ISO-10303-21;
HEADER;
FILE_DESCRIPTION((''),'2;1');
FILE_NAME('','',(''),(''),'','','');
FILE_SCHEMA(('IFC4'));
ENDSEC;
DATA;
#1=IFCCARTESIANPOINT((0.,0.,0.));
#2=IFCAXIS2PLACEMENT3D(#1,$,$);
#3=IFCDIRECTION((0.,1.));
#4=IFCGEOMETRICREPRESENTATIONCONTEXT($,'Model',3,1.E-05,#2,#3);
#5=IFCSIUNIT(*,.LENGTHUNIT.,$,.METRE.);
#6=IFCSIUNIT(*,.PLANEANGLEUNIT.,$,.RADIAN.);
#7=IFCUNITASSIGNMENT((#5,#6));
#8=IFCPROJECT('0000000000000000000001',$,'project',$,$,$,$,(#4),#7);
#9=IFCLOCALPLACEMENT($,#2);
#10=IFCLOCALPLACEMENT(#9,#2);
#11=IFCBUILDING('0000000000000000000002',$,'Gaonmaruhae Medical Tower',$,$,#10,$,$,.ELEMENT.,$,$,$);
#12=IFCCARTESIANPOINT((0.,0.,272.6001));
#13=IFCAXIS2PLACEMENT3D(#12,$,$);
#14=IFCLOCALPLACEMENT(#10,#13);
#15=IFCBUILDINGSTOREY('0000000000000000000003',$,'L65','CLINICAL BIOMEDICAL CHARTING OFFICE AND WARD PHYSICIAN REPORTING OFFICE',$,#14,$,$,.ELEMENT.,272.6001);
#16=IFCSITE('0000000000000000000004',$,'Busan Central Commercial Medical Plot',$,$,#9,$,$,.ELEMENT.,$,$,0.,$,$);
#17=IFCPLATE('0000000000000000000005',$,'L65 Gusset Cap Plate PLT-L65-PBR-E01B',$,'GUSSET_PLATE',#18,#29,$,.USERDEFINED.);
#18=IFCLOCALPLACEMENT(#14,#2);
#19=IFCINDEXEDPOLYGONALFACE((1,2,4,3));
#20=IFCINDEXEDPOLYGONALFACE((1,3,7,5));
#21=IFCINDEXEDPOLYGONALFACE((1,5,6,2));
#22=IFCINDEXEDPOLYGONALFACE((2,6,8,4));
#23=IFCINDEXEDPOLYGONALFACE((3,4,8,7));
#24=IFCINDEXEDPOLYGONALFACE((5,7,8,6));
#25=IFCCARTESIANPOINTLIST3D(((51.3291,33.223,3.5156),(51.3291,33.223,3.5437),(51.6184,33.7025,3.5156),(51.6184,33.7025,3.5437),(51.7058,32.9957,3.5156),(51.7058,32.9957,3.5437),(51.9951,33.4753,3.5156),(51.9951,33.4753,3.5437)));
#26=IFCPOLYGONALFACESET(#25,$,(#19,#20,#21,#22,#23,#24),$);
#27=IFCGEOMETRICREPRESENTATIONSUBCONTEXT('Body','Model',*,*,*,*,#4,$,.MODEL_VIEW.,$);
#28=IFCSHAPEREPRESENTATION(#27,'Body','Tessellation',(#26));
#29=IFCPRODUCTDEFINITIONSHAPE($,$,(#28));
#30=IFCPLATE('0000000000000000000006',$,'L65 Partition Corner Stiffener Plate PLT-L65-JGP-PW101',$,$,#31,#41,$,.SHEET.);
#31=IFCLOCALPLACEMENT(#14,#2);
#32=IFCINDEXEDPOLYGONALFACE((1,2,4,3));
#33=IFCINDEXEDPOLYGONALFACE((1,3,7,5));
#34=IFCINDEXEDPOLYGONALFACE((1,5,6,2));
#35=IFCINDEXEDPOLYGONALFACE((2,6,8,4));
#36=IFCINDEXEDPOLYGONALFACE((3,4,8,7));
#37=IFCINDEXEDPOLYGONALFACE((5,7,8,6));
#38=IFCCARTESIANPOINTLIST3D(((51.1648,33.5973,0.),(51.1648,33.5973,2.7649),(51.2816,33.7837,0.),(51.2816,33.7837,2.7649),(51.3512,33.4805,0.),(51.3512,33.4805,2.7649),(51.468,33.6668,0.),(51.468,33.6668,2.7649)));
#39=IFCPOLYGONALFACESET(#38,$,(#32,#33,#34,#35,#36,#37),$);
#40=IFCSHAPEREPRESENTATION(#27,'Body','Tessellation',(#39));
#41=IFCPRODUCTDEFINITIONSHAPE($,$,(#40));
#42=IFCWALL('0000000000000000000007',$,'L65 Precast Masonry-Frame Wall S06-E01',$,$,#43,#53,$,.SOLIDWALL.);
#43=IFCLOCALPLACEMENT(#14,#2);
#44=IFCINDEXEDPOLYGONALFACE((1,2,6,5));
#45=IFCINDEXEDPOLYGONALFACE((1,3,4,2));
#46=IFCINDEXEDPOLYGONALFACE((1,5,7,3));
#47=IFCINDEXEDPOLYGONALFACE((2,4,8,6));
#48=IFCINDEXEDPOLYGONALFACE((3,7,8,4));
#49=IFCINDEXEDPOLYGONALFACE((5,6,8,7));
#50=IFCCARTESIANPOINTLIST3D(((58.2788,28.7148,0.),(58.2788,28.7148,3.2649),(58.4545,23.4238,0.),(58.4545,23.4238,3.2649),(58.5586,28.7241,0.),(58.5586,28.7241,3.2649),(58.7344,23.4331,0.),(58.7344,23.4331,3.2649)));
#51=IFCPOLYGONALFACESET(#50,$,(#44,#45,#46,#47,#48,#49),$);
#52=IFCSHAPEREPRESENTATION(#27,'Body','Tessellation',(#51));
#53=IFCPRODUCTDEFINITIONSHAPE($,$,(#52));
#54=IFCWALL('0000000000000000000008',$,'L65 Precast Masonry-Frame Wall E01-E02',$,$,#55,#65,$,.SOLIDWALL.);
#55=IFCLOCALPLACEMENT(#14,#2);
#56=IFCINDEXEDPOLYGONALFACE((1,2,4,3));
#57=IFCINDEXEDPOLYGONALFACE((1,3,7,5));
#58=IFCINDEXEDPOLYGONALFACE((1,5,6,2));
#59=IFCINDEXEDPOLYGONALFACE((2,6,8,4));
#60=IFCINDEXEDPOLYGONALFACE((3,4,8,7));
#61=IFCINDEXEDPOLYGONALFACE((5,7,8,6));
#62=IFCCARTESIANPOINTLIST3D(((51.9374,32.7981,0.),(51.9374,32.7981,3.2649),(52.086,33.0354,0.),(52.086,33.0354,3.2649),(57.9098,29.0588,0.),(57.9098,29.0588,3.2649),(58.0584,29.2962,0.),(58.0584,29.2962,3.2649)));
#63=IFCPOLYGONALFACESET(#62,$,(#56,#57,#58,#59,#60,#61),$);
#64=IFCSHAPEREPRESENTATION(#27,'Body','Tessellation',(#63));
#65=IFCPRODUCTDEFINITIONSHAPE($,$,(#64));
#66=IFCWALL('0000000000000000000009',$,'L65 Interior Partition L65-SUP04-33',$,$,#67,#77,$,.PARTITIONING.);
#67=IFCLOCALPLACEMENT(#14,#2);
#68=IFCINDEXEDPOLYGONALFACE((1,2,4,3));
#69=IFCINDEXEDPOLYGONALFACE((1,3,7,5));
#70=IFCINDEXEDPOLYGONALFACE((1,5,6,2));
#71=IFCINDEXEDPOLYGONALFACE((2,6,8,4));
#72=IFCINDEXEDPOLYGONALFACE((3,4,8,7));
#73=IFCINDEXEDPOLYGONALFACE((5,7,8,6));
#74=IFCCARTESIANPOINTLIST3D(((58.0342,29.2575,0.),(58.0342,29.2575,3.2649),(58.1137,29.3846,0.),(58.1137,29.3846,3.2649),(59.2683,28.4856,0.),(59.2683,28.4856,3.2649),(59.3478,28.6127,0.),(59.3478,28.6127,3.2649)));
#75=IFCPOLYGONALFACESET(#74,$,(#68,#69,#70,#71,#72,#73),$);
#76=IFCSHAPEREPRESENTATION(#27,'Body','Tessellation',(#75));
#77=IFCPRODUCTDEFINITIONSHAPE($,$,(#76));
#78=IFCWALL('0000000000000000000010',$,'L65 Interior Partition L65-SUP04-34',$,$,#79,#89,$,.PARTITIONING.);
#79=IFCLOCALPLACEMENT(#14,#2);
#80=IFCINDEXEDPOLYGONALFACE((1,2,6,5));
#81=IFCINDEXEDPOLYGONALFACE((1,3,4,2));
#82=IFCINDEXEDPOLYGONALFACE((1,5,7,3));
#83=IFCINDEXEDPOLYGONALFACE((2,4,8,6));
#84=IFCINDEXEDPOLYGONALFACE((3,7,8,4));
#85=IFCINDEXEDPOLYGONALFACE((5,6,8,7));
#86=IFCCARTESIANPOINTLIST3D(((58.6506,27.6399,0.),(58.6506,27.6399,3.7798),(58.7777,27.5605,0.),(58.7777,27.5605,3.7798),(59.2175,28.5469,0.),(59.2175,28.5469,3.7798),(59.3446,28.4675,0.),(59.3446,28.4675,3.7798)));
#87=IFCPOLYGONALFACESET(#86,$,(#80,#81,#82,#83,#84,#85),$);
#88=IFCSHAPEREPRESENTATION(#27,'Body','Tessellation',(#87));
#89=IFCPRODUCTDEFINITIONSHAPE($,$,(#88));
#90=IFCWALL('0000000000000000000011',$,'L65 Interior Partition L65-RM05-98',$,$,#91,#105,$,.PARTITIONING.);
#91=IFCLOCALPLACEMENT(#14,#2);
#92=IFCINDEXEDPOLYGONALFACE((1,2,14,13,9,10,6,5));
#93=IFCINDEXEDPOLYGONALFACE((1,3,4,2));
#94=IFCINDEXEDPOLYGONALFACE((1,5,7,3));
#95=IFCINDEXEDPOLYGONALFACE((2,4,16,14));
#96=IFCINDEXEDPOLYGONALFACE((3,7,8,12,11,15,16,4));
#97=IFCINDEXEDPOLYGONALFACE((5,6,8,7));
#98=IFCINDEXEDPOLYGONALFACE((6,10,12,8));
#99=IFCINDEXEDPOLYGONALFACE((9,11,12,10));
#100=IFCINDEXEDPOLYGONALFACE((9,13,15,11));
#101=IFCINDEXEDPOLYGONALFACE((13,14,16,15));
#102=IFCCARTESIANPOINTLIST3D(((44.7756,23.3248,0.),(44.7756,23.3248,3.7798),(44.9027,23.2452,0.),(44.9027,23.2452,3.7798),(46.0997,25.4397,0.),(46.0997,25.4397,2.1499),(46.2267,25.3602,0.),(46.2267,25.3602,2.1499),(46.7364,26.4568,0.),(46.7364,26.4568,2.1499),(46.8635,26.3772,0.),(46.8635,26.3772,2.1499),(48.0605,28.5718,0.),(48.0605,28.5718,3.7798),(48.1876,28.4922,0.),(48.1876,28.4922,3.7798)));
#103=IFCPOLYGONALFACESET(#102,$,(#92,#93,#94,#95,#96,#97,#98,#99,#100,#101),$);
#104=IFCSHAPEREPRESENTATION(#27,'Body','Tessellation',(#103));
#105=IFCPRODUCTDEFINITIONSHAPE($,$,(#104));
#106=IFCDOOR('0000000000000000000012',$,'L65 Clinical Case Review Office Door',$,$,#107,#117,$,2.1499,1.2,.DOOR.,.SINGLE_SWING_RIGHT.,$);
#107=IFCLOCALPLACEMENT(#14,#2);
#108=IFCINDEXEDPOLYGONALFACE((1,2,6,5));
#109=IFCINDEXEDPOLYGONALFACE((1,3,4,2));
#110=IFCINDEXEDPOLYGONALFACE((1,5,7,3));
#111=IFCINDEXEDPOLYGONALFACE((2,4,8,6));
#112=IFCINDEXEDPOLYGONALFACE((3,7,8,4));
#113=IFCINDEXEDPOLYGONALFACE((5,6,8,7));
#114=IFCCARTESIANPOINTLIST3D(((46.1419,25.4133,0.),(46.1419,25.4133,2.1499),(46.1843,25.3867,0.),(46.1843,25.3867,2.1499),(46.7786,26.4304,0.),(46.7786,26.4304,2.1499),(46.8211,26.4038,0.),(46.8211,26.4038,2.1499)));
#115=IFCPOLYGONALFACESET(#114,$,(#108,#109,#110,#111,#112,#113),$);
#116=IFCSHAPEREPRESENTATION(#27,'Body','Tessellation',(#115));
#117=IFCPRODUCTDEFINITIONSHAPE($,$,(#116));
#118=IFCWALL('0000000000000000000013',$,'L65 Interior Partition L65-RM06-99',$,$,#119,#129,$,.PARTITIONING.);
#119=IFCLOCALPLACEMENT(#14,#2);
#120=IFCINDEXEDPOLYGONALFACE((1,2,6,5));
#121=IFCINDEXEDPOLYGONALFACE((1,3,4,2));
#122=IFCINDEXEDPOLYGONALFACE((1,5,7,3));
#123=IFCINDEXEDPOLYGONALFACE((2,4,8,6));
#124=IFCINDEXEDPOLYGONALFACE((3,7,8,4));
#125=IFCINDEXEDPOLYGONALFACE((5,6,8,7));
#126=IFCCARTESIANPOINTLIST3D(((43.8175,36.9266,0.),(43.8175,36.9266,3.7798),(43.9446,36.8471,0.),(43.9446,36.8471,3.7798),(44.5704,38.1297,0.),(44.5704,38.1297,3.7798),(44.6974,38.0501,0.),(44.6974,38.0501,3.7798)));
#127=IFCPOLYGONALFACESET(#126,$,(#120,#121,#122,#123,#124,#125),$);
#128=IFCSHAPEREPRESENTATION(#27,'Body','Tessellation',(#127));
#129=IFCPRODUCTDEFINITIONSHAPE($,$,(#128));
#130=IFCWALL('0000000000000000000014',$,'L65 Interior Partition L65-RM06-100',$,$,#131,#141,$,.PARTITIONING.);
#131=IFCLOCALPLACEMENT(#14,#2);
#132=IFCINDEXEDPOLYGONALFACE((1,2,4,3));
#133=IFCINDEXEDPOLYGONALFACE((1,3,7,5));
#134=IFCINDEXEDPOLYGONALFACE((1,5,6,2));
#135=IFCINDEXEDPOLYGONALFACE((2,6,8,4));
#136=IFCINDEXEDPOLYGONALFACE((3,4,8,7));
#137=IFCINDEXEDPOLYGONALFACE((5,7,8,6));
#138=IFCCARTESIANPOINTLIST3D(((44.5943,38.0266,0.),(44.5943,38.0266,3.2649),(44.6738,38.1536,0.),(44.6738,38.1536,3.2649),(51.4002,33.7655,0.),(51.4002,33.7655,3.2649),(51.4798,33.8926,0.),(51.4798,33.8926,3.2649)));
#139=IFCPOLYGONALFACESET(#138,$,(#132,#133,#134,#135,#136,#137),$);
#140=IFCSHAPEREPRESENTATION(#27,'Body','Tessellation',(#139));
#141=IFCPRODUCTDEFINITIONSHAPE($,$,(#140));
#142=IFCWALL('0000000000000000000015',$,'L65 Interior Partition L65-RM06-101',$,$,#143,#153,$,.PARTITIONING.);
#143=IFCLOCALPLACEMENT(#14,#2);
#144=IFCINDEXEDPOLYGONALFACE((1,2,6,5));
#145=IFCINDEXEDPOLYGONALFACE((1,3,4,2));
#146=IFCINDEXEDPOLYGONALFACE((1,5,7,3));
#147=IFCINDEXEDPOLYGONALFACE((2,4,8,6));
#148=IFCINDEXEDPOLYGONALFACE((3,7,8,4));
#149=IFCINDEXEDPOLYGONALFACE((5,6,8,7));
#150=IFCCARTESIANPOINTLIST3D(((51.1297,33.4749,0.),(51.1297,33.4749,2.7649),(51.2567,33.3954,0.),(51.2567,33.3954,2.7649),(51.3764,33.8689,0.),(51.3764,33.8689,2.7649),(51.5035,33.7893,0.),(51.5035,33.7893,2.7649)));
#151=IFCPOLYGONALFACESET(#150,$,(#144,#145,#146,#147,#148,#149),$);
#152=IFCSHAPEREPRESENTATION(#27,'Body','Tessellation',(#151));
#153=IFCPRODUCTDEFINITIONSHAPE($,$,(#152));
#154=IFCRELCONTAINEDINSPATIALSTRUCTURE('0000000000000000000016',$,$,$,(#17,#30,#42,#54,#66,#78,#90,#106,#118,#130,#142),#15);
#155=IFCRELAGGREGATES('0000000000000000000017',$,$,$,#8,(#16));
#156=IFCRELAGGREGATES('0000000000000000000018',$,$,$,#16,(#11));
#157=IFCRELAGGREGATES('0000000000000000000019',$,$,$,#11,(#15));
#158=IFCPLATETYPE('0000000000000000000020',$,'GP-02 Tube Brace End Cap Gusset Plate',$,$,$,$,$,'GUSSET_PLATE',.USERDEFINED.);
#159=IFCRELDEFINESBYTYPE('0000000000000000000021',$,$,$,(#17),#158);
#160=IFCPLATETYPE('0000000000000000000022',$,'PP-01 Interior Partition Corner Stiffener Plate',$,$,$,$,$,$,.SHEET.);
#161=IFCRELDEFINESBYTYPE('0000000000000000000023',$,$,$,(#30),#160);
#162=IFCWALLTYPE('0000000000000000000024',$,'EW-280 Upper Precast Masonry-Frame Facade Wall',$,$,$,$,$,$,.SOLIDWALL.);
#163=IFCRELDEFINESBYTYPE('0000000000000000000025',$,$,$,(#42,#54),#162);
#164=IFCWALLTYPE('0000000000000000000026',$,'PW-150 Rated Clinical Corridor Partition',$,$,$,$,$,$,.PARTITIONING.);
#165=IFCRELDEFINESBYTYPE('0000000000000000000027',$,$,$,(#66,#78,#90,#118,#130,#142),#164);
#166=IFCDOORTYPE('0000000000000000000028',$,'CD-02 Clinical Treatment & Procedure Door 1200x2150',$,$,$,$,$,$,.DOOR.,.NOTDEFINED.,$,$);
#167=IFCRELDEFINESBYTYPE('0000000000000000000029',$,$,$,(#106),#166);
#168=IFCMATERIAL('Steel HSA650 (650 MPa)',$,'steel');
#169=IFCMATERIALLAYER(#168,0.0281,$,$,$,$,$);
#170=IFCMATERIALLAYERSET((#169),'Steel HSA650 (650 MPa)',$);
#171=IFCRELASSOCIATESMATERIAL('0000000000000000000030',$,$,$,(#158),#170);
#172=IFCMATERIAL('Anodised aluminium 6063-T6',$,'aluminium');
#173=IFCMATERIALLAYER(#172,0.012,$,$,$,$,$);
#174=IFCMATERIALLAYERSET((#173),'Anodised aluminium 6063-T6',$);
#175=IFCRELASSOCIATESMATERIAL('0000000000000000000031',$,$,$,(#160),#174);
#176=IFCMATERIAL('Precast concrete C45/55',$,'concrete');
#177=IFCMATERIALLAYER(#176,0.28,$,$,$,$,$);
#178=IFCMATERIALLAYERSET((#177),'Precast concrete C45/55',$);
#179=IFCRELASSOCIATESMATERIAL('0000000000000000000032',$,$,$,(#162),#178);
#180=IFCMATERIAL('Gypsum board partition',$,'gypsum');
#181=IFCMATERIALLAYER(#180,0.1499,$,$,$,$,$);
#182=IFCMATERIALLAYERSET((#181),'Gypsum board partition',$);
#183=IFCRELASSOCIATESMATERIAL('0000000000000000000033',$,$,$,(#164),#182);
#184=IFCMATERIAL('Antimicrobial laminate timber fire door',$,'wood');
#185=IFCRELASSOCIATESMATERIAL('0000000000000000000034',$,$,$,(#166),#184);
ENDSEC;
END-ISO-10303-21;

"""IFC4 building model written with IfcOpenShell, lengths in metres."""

from ifc_helpers import new_model, si_unit, direction, frame, frame_2d, origin, origin_2d, place, context, subcontext, project, spatial, rectangle, extrude, material, layer, layer_set, type_object, element, fill, save


model = new_model("IFC4")

# Units and contexts
model_context = context("Model", 3, precision=1e-05, world=origin(), true_north=direction((0.0, 1.0)))
body_context = subcontext(model_context, "Body", "Model", "MODEL_VIEW")
ifc_project = project(units=[si_unit("LENGTHUNIT", "METRE"), si_unit("PLANEANGLEUNIT", "RADIAN")], contexts=[model_context])

# Site, building, storey
site_placement = place(None, origin())
site = spatial("IfcSite", under=ifc_project, at=site_placement, Name="Busan Central Commercial Medical Plot", CompositionType="ELEMENT", RefElevation=0.0)
building_placement = place(site_placement, origin())
building = spatial("IfcBuilding", under=site, at=building_placement, Name="Gaonmaruhae Medical Tower", CompositionType="ELEMENT")
storey_placement = place(building_placement, frame((0.0, 0.0, 272.6001)))
storey = spatial("IfcBuildingStorey", under=building, at=storey_placement, Name="L65", Description="CLINICAL BIOMEDICAL CHARTING OFFICE AND WARD PHYSICIAN REPORTING OFFICE", CompositionType="ELEMENT", Elevation=272.6001)

# Plates
ifc_material_1 = material(Name="Steel HSA650 (650 MPa)", Category="steel")
ifc_layer_1 = layer(ifc_material_1, 0.0281)
ifc_layer_set_1 = layer_set([ifc_layer_1], Name="Steel HSA650 (650 MPa)")
plate_type_1 = type_object("IfcPlateType", Name="GP-02 Tube Brace End Cap Gusset Plate", ElementType="GUSSET_PLATE", PredefinedType="USERDEFINED", material=ifc_layer_set_1)
for number, where, z_axis, x_axis, name in (
    (1, (51.6621, 33.3491, 3.5156), (0.0, 0.0, 1.0), (0.516533, 0.856267, 0.0), "L65 Gusset Cap Plate PLT-L65-PBR-E01B"),
):
    element("IfcPlate", number, at=place(storey_placement, frame(where, z_axis=z_axis, x_axis=x_axis)), inside=storey, type_object=plate_type_1, Name=name, ObjectType="GUSSET_PLATE", PredefinedType="USERDEFINED", context=body_context, shape_type="SweptSolid", body=[
        extrude(rectangle(XDim=0.5601, YDim=0.4399, at=origin_2d()), origin(), (0.0, 0.0, 1.0), 0.0281),
    ])
ifc_material_2 = material(Name="Anodised aluminium 6063-T6", Category="aluminium")
ifc_layer_2 = layer(ifc_material_2, 0.012)
ifc_layer_set_2 = layer_set([ifc_layer_2], Name="Anodised aluminium 6063-T6")
plate_type_2 = type_object("IfcPlateType", Name="PP-01 Interior Partition Corner Stiffener Plate", PredefinedType="SHEET", material=ifc_layer_set_2)
plate_placement = place(storey_placement, frame((51.3164, 33.6321, 0.0), z_axis=(0.0, 0.0, 1.0), x_axis=(-0.531162, -0.84727, 0.0)))
element("IfcPlate", 2, at=plate_placement, inside=storey, type_object=plate_type_2, Name="L65 Partition Corner Stiffener Plate PLT-L65-JGP-PW101", PredefinedType="SHEET", context=body_context, shape_type="SweptSolid", body=[
    extrude(rectangle(XDim=0.22, YDim=0.22, at=origin_2d()), origin(), (0.0, 0.0, 1.0), 2.7649),
])

# Walls
ifc_material_3 = material(Name="Precast concrete C45/55", Category="concrete")
ifc_layer_3 = layer(ifc_material_3, 0.28)
ifc_layer_set_3 = layer_set([ifc_layer_3], Name="Precast concrete C45/55")
wall_type_1 = type_object("IfcWallType", Name="EW-280 Upper Precast Masonry-Frame Facade Wall", PredefinedType="SOLIDWALL", material=ifc_layer_set_3)
wall_1_placement = place(storey_placement, frame((58.4187, 28.7195, 0.0), z_axis=(0.0, 0.0, 1.0), x_axis=(0.033204, -0.999449, 0.0)))
element("IfcWall", 3, at=wall_1_placement, inside=storey, type_object=wall_type_1, Name="L65 Precast Masonry-Frame Wall S06-E01", PredefinedType="SOLIDWALL", context=body_context, shape_type="SweptSolid", body=[
    extrude(rectangle(XDim=5.2939, YDim=0.28, at=frame_2d((2.647, 0.0))), origin(), (0.0, 0.0, 1.0), 3.2649),
])
wall_2_placement = place(storey_placement, frame((52.0117, 32.9167, 0.0), z_axis=(0.0, 0.0, 1.0), x_axis=(0.847583, -0.530662, 0.0)))
element("IfcWall", 4, at=wall_2_placement, inside=storey, type_object=wall_type_1, Name="L65 Precast Masonry-Frame Wall E01-E02", PredefinedType="SOLIDWALL", context=body_context, shape_type="SweptSolid", body=[
    extrude(rectangle(XDim=7.0464, YDim=0.28, at=frame_2d((3.5232, 0.0))), origin(), (0.0, 0.0, 1.0), 3.2649),
])
ifc_material_4 = material(Name="Gypsum board partition", Category="gypsum")
ifc_layer_4 = layer(ifc_material_4, 0.1499)
ifc_layer_set_4 = layer_set([ifc_layer_4], Name="Gypsum board partition")
wall_type_2 = type_object("IfcWallType", Name="PW-150 Rated Clinical Corridor Partition", PredefinedType="PARTITIONING", material=ifc_layer_set_4)
wall_3_placement = place(storey_placement, frame((58.074, 29.321, 0.0), z_axis=(0.0, 0.0, 1.0), x_axis=(0.8478, -0.530315, 0.0)))
element("IfcWall", 5, at=wall_3_placement, inside=storey, type_object=wall_type_2, Name="L65 Interior Partition L65-SUP04-33", PredefinedType="PARTITIONING", context=body_context, shape_type="SweptSolid", body=[
    extrude(rectangle(XDim=1.4556, YDim=0.1499, at=frame_2d((0.7278, 0.0))), origin(), (0.0, 0.0, 1.0), 3.2649),
])
wall_4_placement = place(storey_placement, frame((59.281, 28.5071, 0.0), z_axis=(0.0, 0.0, 1.0), x_axis=(-0.530019, -0.847985, 0.0)))
element("IfcWall", 6, at=wall_4_placement, inside=storey, type_object=wall_type_2, Name="L65 Interior Partition L65-SUP04-34", PredefinedType="PARTITIONING", context=body_context, shape_type="SweptSolid", body=[
    extrude(rectangle(XDim=1.0696, YDim=0.1499, at=frame_2d((0.5347, 0.0))), origin(), (0.0, 0.0, 1.0), 3.7798),
])

# Wall, opening, door
wall_5_placement = place(storey_placement, frame((48.124, 28.532, 0.0), z_axis=(0.0, 0.0, 1.0), x_axis=(-0.530637, -0.847599, 0.0)))
wall_5 = element("IfcWall", 7, at=wall_5_placement, inside=storey, type_object=wall_type_2, Name="L65 Interior Partition L65-RM05-98", PredefinedType="PARTITIONING", context=body_context, shape_type="SweptSolid", body=[
    extrude(rectangle(XDim=6.1904, YDim=0.1499, at=frame_2d((3.0952, 0.0))), origin(), (0.0, 0.0, 1.0), 3.7798),
])
opening_1_placement = place(wall_5_placement, frame((2.4951, 0.0, 0.0)))
opening_1 = element("IfcOpeningElement", 8, at=opening_1_placement, cuts=wall_5, PredefinedType="OPENING", context=body_context, shape_type="SweptSolid", body=[
    extrude(rectangle(XDim=1.2, YDim=2.1499, at=frame_2d((0.6001, 1.075))), frame((0.0, 0.085, 0.0), z_axis=(0.0, -1.0, 0.0), x_axis=(1.0, 0.0, 0.0)), (0.0, 0.0, 1.0), 0.1699),
])
ifc_material_5 = material(Name="Antimicrobial laminate timber fire door", Category="wood")
door_type = type_object("IfcDoorType", Name="CD-02 Clinical Treatment & Procedure Door 1200x2150", OperationType="NOTDEFINED", PredefinedType="DOOR", material=ifc_material_5)
door_1_placement = place(opening_1_placement, origin())
door_1 = element("IfcDoor", 9, at=door_1_placement, inside=storey, type_object=door_type, Name="L65 Clinical Case Review Office Door", OperationType="SINGLE_SWING_RIGHT", OverallHeight=2.1499, OverallWidth=1.2, PredefinedType="DOOR", context=body_context, shape_type="SweptSolid", body=[
    extrude(rectangle(XDim=1.2, YDim=2.1499, at=frame_2d((0.6001, 1.075))), frame((0.0, 0.0249, 0.0), z_axis=(0.0, -1.0, 0.0), x_axis=(1.0, 0.0, 0.0)), (0.0, 0.0, 1.0), 0.05),
])
fill(opening_1, door_1)

# Walls
wall_6_placement = place(storey_placement, frame((43.8811, 36.887, 0.0), z_axis=(0.0, 0.0, 1.0), x_axis=(0.530494, 0.847689, 0.0)))
element("IfcWall", 10, at=wall_6_placement, inside=storey, type_object=wall_type_2, Name="L65 Interior Partition L65-RM06-99", PredefinedType="PARTITIONING", context=body_context, shape_type="SweptSolid", body=[
    extrude(rectangle(XDim=1.4192, YDim=0.1499, at=frame_2d((0.7095, 0.0))), origin(), (0.0, 0.0, 1.0), 3.7798),
])
wall_7_placement = place(storey_placement, frame((44.634, 38.0901, 0.0), z_axis=(0.0, 0.0, 1.0), x_axis=(0.84759, -0.530652, 0.0)))
element("IfcWall", 11, at=wall_7_placement, inside=storey, type_object=wall_type_2, Name="L65 Interior Partition L65-RM06-100", PredefinedType="PARTITIONING", context=body_context, shape_type="SweptSolid", body=[
    extrude(rectangle(XDim=8.0298, YDim=0.1499, at=frame_2d((4.0149, 0.0))), origin(), (0.0, 0.0, 1.0), 3.2649),
])
wall_8_placement = place(storey_placement, frame((51.4399, 33.8291, 0.0), z_axis=(0.0, 0.0, 1.0), x_axis=(-0.530848, -0.847467, 0.0)))
element("IfcWall", 12, at=wall_8_placement, inside=storey, type_object=wall_type_2, Name="L65 Interior Partition L65-RM06-101", PredefinedType="PARTITIONING", context=body_context, shape_type="SweptSolid", body=[
    extrude(rectangle(XDim=0.4648, YDim=0.1499, at=frame_2d((0.2324, 0.0))), origin(), (0.0, 0.0, 1.0), 2.7649),
])

save(model, "model.ifc")
